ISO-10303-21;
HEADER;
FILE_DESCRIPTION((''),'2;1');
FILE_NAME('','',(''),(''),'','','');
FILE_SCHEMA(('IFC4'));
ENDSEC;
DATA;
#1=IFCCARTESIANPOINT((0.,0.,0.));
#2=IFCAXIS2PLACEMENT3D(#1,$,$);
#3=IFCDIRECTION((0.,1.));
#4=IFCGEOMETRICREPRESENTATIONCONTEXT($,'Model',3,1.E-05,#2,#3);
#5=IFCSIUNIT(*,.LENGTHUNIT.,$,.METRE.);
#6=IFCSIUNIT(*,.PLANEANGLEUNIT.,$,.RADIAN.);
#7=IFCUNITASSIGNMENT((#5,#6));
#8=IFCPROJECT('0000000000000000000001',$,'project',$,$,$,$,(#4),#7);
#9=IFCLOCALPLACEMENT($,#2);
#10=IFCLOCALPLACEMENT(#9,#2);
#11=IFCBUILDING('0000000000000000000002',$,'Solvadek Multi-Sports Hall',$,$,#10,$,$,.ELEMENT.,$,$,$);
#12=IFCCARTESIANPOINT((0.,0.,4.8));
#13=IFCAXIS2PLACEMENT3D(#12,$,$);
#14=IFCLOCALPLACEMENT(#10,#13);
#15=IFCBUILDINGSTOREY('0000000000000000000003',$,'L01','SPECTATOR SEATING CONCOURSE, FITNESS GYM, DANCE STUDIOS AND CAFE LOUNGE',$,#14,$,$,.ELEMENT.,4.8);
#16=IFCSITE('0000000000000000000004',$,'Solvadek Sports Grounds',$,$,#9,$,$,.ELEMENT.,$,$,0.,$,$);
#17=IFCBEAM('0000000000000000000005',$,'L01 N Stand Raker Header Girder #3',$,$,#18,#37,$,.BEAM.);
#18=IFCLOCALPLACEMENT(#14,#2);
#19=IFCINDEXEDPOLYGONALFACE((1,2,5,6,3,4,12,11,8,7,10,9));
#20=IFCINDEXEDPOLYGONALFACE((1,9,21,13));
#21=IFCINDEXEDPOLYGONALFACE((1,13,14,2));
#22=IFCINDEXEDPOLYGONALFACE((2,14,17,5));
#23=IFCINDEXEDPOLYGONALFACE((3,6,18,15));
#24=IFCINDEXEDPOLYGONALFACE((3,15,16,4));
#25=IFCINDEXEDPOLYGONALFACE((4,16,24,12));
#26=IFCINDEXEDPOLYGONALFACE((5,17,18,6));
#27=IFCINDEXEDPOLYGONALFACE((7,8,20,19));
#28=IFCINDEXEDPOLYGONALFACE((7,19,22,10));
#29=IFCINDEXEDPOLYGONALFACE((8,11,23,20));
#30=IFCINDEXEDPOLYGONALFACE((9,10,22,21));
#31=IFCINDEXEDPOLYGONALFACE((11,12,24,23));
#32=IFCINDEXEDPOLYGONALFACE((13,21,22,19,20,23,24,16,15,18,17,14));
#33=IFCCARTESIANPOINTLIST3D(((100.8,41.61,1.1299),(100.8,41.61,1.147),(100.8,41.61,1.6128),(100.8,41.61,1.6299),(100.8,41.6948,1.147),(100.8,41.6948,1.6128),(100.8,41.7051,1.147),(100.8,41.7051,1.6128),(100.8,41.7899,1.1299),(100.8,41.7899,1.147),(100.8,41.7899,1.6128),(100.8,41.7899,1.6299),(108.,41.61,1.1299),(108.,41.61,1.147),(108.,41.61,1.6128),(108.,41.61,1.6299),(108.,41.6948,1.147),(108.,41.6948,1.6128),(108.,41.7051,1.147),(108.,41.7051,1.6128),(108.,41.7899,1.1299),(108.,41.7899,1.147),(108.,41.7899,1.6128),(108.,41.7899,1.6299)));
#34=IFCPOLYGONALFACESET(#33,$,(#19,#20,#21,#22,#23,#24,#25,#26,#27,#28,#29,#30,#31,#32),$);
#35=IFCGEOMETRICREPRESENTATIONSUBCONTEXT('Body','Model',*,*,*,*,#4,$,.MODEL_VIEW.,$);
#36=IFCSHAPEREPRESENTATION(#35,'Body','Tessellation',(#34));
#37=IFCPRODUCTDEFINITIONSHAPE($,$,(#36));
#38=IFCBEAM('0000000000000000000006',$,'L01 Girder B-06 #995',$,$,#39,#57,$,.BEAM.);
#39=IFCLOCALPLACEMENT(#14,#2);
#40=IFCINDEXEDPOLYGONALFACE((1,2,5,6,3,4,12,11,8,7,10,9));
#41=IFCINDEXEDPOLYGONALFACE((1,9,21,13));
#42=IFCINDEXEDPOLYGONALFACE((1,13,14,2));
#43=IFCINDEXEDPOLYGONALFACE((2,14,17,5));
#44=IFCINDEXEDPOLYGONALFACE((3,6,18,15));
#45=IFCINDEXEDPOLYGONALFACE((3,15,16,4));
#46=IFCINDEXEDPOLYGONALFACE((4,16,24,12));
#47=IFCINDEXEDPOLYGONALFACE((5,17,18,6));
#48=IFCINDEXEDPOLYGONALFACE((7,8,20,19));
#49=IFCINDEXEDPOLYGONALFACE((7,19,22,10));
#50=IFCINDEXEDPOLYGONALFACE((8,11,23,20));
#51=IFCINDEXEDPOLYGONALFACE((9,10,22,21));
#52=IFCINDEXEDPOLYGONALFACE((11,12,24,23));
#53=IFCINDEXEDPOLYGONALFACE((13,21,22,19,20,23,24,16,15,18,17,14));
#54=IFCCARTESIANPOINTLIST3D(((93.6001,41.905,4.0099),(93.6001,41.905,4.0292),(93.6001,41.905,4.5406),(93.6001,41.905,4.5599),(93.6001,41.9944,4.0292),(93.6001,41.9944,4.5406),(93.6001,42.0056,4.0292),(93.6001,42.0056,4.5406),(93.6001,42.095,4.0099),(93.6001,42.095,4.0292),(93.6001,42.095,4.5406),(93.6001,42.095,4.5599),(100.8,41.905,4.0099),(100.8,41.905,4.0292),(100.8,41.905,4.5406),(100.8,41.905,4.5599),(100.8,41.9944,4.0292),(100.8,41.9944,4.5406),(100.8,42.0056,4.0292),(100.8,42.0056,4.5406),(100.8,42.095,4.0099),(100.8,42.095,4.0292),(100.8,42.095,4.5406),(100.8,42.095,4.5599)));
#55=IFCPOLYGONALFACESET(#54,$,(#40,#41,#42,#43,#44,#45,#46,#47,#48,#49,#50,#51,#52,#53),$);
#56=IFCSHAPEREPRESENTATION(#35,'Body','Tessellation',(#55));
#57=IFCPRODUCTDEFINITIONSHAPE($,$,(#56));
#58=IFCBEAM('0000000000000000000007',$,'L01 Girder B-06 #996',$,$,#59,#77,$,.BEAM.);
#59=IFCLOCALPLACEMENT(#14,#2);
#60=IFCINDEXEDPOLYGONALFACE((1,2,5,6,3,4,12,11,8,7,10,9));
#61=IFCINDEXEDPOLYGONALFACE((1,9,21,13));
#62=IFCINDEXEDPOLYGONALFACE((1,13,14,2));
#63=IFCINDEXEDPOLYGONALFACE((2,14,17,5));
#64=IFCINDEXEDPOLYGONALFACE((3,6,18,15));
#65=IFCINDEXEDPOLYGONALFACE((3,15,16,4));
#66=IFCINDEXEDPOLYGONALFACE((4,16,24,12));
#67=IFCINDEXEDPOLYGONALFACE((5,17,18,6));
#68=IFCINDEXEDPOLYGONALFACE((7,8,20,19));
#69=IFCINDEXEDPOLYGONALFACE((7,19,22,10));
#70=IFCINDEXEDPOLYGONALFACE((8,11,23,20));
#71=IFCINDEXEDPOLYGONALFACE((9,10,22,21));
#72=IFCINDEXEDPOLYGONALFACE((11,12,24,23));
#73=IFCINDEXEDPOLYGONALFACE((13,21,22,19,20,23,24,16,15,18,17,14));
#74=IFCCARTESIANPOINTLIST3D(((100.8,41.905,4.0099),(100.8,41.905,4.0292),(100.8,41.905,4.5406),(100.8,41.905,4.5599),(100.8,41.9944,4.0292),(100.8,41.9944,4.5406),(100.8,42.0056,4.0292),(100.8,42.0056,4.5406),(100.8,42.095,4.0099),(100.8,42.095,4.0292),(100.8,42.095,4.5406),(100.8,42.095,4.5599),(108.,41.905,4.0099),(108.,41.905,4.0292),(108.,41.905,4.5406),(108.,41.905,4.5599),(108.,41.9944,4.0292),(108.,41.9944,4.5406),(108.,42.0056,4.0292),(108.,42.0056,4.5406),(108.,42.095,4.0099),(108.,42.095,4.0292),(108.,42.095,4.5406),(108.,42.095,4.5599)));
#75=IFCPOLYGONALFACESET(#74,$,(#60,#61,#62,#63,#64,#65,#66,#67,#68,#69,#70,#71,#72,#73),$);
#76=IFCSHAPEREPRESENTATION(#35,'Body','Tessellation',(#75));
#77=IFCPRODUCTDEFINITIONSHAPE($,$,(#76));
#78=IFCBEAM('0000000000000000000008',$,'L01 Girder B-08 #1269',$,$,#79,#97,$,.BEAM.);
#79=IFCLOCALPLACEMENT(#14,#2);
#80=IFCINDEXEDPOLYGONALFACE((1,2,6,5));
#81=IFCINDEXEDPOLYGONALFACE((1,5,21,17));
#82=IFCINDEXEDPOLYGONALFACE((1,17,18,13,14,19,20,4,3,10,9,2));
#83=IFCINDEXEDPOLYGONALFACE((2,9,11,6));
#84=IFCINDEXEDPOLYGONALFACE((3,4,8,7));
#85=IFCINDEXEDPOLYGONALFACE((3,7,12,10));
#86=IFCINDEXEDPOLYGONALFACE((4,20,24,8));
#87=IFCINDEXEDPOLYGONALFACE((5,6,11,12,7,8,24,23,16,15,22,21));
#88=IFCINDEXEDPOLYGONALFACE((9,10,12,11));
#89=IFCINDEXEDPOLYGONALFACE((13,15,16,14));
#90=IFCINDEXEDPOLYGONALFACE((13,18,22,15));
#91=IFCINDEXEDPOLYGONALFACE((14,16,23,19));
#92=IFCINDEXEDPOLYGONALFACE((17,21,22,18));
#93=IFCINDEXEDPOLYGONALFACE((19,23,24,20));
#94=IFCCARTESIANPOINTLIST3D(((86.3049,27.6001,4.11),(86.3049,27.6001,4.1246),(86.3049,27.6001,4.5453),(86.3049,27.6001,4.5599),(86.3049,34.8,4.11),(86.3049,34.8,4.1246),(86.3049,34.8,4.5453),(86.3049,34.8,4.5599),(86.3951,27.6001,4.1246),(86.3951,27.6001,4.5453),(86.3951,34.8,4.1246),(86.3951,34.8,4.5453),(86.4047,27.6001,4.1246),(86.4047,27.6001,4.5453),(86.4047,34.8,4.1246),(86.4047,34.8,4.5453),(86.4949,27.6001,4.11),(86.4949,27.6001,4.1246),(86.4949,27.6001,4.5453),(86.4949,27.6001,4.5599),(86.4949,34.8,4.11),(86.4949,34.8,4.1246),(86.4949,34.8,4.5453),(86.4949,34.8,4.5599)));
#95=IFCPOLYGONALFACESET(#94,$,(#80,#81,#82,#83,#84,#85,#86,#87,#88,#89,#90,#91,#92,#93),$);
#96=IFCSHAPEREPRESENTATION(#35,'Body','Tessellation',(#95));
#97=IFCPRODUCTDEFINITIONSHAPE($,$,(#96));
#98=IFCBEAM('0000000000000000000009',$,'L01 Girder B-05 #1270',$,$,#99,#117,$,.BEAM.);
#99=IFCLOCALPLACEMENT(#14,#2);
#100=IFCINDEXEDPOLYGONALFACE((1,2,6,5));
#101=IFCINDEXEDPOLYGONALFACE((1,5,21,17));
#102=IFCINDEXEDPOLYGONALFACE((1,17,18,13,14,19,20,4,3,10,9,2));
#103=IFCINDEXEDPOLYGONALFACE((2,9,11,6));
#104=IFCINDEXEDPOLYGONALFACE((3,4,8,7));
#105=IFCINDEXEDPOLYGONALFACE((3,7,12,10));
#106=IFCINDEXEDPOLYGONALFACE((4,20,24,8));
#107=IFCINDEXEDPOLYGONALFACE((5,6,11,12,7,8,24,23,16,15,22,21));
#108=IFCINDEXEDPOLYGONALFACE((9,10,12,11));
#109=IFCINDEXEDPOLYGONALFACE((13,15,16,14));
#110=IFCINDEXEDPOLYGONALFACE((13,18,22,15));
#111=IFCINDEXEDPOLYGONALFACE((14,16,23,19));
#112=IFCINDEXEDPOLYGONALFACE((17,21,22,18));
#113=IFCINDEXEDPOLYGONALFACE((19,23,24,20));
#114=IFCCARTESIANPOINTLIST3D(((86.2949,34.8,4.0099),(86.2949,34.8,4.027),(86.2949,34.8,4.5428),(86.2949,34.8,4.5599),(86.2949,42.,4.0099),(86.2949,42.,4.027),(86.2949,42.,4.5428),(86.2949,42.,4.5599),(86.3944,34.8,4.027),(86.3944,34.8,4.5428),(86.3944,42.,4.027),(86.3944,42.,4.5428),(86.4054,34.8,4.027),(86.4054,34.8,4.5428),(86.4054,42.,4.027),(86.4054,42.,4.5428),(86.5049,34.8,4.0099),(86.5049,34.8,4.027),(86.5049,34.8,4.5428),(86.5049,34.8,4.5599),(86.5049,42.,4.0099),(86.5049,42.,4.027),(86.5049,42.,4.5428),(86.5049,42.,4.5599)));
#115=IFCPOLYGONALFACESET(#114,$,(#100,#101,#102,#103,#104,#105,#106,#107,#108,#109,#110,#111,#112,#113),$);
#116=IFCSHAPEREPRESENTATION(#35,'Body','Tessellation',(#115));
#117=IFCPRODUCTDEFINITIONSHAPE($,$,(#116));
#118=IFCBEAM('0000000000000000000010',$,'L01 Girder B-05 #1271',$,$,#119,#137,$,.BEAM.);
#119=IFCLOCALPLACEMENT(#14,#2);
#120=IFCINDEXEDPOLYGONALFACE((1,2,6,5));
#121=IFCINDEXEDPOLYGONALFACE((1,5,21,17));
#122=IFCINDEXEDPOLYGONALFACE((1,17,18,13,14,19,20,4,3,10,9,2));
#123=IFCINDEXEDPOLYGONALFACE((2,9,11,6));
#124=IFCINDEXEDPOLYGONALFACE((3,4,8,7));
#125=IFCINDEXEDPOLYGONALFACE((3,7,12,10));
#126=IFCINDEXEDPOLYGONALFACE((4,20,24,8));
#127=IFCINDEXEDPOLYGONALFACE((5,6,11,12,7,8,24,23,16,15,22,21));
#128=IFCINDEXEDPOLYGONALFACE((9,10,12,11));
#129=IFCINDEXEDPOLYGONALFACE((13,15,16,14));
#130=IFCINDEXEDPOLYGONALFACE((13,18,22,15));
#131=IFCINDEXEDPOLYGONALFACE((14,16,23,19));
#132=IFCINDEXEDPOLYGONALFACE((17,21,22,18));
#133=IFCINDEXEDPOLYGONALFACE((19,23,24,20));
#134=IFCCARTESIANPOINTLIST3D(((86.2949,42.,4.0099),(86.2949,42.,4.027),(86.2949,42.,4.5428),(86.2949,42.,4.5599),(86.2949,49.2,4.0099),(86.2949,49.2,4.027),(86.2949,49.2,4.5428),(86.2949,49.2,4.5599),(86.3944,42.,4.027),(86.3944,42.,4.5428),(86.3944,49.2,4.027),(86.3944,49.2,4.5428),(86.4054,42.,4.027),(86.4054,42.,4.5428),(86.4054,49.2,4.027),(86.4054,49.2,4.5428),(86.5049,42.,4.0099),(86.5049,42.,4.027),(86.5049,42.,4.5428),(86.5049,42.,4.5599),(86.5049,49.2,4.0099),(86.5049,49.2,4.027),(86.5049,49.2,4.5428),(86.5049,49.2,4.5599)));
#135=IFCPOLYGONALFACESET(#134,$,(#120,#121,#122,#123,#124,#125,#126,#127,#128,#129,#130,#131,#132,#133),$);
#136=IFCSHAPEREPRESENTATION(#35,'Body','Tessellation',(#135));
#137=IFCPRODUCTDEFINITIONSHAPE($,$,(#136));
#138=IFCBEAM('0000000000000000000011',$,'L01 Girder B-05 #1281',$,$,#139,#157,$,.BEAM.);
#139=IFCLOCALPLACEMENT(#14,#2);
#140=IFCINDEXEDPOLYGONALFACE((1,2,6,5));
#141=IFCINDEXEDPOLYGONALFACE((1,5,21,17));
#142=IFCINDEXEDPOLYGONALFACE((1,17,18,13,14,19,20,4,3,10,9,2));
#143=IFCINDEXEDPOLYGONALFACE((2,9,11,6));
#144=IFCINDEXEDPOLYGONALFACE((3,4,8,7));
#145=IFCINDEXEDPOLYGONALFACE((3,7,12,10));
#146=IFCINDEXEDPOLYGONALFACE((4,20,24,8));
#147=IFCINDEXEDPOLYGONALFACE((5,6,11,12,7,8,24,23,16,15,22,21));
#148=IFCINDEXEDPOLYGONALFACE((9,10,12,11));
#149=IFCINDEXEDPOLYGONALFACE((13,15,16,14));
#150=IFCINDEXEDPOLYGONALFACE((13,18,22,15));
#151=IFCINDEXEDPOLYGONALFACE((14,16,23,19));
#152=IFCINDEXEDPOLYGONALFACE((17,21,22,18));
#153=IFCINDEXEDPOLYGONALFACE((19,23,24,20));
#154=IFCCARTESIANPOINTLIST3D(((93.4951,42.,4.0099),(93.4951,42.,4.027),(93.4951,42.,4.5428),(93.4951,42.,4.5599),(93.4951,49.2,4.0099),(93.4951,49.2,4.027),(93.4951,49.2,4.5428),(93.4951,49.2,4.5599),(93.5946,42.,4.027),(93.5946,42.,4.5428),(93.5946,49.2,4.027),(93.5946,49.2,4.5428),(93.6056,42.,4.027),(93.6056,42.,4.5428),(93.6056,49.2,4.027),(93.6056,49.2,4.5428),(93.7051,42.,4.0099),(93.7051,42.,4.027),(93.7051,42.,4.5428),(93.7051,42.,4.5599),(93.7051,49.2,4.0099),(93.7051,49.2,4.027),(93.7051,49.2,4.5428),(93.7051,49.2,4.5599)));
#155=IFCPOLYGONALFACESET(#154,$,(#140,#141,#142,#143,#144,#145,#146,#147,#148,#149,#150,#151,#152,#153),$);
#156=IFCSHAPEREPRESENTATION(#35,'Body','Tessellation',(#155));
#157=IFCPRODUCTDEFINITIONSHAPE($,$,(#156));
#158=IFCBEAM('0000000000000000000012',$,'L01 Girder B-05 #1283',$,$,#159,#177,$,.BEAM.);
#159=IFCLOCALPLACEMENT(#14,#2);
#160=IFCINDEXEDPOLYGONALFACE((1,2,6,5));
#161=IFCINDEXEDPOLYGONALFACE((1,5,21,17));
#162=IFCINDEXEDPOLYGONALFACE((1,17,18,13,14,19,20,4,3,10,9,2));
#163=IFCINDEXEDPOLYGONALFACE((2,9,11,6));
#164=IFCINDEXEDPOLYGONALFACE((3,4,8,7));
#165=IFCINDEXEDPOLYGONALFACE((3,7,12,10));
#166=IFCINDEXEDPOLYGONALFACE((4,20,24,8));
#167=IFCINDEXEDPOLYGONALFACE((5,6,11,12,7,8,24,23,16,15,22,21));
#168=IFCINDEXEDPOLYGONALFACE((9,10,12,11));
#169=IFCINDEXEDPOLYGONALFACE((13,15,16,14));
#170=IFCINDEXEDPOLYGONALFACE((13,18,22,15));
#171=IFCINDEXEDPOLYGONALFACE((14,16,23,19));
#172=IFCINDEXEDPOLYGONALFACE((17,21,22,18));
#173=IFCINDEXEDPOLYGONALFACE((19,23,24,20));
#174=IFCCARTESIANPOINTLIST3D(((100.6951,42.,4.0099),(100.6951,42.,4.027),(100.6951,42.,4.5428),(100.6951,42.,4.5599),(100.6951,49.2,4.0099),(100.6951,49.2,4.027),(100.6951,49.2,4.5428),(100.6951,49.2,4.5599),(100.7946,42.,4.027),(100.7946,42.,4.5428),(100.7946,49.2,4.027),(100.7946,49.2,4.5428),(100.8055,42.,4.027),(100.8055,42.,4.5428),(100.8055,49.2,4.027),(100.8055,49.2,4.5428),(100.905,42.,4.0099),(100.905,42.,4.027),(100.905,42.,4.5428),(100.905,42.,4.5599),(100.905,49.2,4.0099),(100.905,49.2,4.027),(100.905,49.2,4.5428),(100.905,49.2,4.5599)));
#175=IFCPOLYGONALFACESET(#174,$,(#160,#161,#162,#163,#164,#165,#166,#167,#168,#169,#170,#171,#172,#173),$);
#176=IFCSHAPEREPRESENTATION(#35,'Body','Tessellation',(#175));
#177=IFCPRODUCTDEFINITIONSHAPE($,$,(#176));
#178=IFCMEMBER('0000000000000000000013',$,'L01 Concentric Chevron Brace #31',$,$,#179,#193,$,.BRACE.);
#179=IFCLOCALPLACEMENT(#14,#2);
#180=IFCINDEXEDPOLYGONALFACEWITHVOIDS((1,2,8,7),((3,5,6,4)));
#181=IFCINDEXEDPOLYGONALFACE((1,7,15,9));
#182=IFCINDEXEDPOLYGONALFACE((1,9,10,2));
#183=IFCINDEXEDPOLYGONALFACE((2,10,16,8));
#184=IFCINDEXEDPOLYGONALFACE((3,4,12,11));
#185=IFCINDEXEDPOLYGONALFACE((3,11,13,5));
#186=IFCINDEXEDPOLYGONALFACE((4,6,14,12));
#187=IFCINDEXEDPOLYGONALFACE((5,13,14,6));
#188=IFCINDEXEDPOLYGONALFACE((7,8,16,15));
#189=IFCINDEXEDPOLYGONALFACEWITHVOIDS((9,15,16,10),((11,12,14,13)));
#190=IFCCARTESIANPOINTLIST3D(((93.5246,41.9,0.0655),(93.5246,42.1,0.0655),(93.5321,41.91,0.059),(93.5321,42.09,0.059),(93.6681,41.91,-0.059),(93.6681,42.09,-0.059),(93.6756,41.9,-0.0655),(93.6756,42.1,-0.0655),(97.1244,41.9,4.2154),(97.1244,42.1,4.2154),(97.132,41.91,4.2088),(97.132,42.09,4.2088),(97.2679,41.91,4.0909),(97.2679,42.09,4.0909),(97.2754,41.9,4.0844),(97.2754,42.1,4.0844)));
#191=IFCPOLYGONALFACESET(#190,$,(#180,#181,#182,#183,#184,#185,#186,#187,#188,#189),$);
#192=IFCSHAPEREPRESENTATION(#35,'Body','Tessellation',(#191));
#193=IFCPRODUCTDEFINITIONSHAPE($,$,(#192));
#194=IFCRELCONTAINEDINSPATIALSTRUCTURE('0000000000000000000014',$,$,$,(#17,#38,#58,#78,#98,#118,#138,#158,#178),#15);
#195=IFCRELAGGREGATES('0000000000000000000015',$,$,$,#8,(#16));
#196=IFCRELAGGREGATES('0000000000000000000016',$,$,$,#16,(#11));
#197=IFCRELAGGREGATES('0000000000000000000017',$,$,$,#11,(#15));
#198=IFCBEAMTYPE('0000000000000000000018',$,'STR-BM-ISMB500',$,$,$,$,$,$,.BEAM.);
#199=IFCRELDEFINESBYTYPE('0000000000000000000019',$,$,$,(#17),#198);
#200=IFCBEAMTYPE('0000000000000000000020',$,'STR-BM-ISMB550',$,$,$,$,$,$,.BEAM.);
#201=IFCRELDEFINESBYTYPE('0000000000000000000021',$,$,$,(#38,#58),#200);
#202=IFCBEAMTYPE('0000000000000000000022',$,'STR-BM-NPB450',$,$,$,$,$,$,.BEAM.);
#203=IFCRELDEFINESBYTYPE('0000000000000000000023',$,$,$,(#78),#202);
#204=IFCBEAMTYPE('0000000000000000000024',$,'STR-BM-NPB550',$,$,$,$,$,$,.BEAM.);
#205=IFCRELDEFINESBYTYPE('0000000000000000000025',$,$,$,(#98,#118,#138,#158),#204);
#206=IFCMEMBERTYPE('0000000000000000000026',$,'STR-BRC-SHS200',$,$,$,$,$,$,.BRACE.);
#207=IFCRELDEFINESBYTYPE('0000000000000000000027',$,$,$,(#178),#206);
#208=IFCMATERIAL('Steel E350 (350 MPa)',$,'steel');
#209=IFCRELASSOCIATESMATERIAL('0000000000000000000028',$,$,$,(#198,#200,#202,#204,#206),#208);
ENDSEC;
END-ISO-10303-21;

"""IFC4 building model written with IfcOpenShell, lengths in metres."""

from ifc_helpers import new_model, si_unit, direction, frame, origin, origin_2d, place, context, subcontext, project, spatial, hollow_rectangle, i_section, extrude, material, material_profile, profile_set, type_object, element, save


model = new_model("IFC4")

# Units and contexts
model_context = context("Model", 3, precision=1e-05, world=origin(), true_north=direction((0.0, 1.0)))
body_context = subcontext(model_context, "Body", "Model", "MODEL_VIEW")
ifc_project = project(units=[si_unit("LENGTHUNIT", "METRE"), si_unit("PLANEANGLEUNIT", "RADIAN")], contexts=[model_context])

# Site, building, storey
site_placement = place(None, origin())
site = spatial("IfcSite", under=ifc_project, at=site_placement, Name="Solvadek Sports Grounds", CompositionType="ELEMENT", RefElevation=0.0)
building_placement = place(site_placement, origin())
building = spatial("IfcBuilding", under=site, at=building_placement, Name="Solvadek Multi-Sports Hall", CompositionType="ELEMENT")
storey_placement = place(building_placement, frame((0.0, 0.0, 4.8)))
storey = spatial("IfcBuildingStorey", under=building, at=storey_placement, Name="L01", Description="SPECTATOR SEATING CONCOURSE, FITNESS GYM, DANCE STUDIOS AND CAFE LOUNGE", CompositionType="ELEMENT", Elevation=4.8)

# Shared definitions
ifc_material_1 = material(Name="Steel E350 (350 MPa)", Category="steel")

# Beams
ifc_material_profile_1 = material_profile(ifc_material_1, i_section(OverallWidth=0.1799, OverallDepth=0.5, WebThickness=0.0103, FlangeThickness=0.0171, at=origin_2d()), Name="ISMB 500")
ifc_profile_set_1 = profile_set([ifc_material_profile_1], Name="Steel E350 (350 MPa)")
beam_type_1 = type_object("IfcBeamType", Name="STR-BM-ISMB500", PredefinedType="BEAM", material=ifc_profile_set_1)
for number, where, z_axis, x_axis, name in (
    (1, (100.8, 41.7, 1.3799), (1.0, 0.0, 0.0), (0.0, 1.0, 0.0), "L01 N Stand Raker Header Girder #3"),
):
    element("IfcBeam", number, at=place(storey_placement, frame(where, z_axis=z_axis, x_axis=x_axis)), inside=storey, type_object=beam_type_1, Name=name, PredefinedType="BEAM", context=body_context, shape_type="SweptSolid", body=[
        extrude(i_section(OverallWidth=0.1799, OverallDepth=0.5, WebThickness=0.0103, FlangeThickness=0.0171, at=origin_2d()), origin(), (0.0, 0.0, 1.0), 7.2),
    ])
ifc_material_profile_2 = material_profile(ifc_material_1, i_section(OverallWidth=0.1899, OverallDepth=0.55, WebThickness=0.0112, FlangeThickness=0.0193, at=origin_2d()), Name="ISMB 550")
ifc_profile_set_2 = profile_set([ifc_material_profile_2], Name="Steel E350 (350 MPa)")
beam_type_2 = type_object("IfcBeamType", Name="STR-BM-ISMB550", PredefinedType="BEAM", material=ifc_profile_set_2)
for number, where, z_axis, x_axis, name in (
    (2, (93.6001, 42.0, 4.2849), (1.0, 0.0, 0.0), (0.0, 1.0, 0.0), "L01 Girder B-06 #995"),
    (3, (100.8, 42.0, 4.2849), (1.0, 0.0, 0.0), (0.0, 1.0, 0.0), "L01 Girder B-06 #996"),
):
    element("IfcBeam", number, at=place(storey_placement, frame(where, z_axis=z_axis, x_axis=x_axis)), inside=storey, type_object=beam_type_2, Name=name, PredefinedType="BEAM", context=body_context, shape_type="SweptSolid", body=[
        extrude(i_section(OverallWidth=0.1899, OverallDepth=0.55, WebThickness=0.0112, FlangeThickness=0.0193, at=origin_2d()), origin(), (0.0, 0.0, 1.0), 7.2),
    ])
ifc_material_profile_3 = material_profile(ifc_material_1, i_section(OverallWidth=0.1899, OverallDepth=0.45, WebThickness=0.0095, FlangeThickness=0.0146, at=origin_2d()), Name="NPB 450")
ifc_profile_set_3 = profile_set([ifc_material_profile_3], Name="Steel E350 (350 MPa)")
beam_type_3 = type_object("IfcBeamType", Name="STR-BM-NPB450", PredefinedType="BEAM", material=ifc_profile_set_3)
beam_1_placement = place(storey_placement, frame((86.3999, 27.6001, 4.335), z_axis=(0.0, 1.0, 0.0), x_axis=(-1.0, 0.0, 0.0)))
element("IfcBeam", 4, at=beam_1_placement, inside=storey, type_object=beam_type_3, Name="L01 Girder B-08 #1269", PredefinedType="BEAM", context=body_context, shape_type="SweptSolid", body=[
    extrude(i_section(OverallWidth=0.1899, OverallDepth=0.45, WebThickness=0.0095, FlangeThickness=0.0146, at=origin_2d()), origin(), (0.0, 0.0, 1.0), 7.2),
])
ifc_material_profile_4 = material_profile(ifc_material_1, i_section(OverallWidth=0.21, OverallDepth=0.55, WebThickness=0.011, FlangeThickness=0.0171, at=origin_2d()), Name="NPB 550")
ifc_profile_set_4 = profile_set([ifc_material_profile_4], Name="Steel E350 (350 MPa)")
beam_type_4 = type_object("IfcBeamType", Name="STR-BM-NPB550", PredefinedType="BEAM", material=ifc_profile_set_4)
for number, where, z_axis, x_axis, name in (
    (5, (86.3999, 34.8, 4.2849), (0.0, 1.0, 0.0), (-1.0, 0.0, 0.0), "L01 Girder B-05 #1270"),
    (6, (86.3999, 42.0, 4.2849), (0.0, 1.0, 0.0), (-1.0, 0.0, 0.0), "L01 Girder B-05 #1271"),
    (7, (93.6001, 42.0, 4.2849), (0.0, 1.0, 0.0), (-1.0, 0.0, 0.0), "L01 Girder B-05 #1281"),
    (8, (100.8, 42.0, 4.2849), (0.0, 1.0, 0.0), (-1.0, 0.0, 0.0), "L01 Girder B-05 #1283"),
):
    element("IfcBeam", number, at=place(storey_placement, frame(where, z_axis=z_axis, x_axis=x_axis)), inside=storey, type_object=beam_type_4, Name=name, PredefinedType="BEAM", context=body_context, shape_type="SweptSolid", body=[
        extrude(i_section(OverallWidth=0.21, OverallDepth=0.55, WebThickness=0.011, FlangeThickness=0.0171, at=origin_2d()), origin(), (0.0, 0.0, 1.0), 7.2),
    ])

# Member
ifc_material_profile_5 = material_profile(ifc_material_1, hollow_rectangle(XDim=0.2, YDim=0.2, WallThickness=0.01, at=origin_2d()), Name="SHS 200x200x10")
ifc_profile_set_5 = profile_set([ifc_material_profile_5], Name="Steel E350 (350 MPa)")
member_type = type_object("IfcMemberType", Name="STR-BRC-SHS200", PredefinedType="BRACE", material=ifc_profile_set_5)
member_1_placement = place(storey_placement, frame((93.6001, 42.0, 0.0), z_axis=(0.655271, 0.0, 0.755394), x_axis=(0.0, 1.0, 0.0)))
element("IfcMember", 9, at=member_1_placement, inside=storey, type_object=member_type, Name="L01 Concentric Chevron Brace #31", PredefinedType="BRACE", context=body_context, shape_type="SweptSolid", body=[
    extrude(hollow_rectangle(XDim=0.2, YDim=0.2, WallThickness=0.01, at=origin_2d()), origin(), (0.0, 0.0, 1.0), 5.4937),
])

save(model, "model.ifc")
